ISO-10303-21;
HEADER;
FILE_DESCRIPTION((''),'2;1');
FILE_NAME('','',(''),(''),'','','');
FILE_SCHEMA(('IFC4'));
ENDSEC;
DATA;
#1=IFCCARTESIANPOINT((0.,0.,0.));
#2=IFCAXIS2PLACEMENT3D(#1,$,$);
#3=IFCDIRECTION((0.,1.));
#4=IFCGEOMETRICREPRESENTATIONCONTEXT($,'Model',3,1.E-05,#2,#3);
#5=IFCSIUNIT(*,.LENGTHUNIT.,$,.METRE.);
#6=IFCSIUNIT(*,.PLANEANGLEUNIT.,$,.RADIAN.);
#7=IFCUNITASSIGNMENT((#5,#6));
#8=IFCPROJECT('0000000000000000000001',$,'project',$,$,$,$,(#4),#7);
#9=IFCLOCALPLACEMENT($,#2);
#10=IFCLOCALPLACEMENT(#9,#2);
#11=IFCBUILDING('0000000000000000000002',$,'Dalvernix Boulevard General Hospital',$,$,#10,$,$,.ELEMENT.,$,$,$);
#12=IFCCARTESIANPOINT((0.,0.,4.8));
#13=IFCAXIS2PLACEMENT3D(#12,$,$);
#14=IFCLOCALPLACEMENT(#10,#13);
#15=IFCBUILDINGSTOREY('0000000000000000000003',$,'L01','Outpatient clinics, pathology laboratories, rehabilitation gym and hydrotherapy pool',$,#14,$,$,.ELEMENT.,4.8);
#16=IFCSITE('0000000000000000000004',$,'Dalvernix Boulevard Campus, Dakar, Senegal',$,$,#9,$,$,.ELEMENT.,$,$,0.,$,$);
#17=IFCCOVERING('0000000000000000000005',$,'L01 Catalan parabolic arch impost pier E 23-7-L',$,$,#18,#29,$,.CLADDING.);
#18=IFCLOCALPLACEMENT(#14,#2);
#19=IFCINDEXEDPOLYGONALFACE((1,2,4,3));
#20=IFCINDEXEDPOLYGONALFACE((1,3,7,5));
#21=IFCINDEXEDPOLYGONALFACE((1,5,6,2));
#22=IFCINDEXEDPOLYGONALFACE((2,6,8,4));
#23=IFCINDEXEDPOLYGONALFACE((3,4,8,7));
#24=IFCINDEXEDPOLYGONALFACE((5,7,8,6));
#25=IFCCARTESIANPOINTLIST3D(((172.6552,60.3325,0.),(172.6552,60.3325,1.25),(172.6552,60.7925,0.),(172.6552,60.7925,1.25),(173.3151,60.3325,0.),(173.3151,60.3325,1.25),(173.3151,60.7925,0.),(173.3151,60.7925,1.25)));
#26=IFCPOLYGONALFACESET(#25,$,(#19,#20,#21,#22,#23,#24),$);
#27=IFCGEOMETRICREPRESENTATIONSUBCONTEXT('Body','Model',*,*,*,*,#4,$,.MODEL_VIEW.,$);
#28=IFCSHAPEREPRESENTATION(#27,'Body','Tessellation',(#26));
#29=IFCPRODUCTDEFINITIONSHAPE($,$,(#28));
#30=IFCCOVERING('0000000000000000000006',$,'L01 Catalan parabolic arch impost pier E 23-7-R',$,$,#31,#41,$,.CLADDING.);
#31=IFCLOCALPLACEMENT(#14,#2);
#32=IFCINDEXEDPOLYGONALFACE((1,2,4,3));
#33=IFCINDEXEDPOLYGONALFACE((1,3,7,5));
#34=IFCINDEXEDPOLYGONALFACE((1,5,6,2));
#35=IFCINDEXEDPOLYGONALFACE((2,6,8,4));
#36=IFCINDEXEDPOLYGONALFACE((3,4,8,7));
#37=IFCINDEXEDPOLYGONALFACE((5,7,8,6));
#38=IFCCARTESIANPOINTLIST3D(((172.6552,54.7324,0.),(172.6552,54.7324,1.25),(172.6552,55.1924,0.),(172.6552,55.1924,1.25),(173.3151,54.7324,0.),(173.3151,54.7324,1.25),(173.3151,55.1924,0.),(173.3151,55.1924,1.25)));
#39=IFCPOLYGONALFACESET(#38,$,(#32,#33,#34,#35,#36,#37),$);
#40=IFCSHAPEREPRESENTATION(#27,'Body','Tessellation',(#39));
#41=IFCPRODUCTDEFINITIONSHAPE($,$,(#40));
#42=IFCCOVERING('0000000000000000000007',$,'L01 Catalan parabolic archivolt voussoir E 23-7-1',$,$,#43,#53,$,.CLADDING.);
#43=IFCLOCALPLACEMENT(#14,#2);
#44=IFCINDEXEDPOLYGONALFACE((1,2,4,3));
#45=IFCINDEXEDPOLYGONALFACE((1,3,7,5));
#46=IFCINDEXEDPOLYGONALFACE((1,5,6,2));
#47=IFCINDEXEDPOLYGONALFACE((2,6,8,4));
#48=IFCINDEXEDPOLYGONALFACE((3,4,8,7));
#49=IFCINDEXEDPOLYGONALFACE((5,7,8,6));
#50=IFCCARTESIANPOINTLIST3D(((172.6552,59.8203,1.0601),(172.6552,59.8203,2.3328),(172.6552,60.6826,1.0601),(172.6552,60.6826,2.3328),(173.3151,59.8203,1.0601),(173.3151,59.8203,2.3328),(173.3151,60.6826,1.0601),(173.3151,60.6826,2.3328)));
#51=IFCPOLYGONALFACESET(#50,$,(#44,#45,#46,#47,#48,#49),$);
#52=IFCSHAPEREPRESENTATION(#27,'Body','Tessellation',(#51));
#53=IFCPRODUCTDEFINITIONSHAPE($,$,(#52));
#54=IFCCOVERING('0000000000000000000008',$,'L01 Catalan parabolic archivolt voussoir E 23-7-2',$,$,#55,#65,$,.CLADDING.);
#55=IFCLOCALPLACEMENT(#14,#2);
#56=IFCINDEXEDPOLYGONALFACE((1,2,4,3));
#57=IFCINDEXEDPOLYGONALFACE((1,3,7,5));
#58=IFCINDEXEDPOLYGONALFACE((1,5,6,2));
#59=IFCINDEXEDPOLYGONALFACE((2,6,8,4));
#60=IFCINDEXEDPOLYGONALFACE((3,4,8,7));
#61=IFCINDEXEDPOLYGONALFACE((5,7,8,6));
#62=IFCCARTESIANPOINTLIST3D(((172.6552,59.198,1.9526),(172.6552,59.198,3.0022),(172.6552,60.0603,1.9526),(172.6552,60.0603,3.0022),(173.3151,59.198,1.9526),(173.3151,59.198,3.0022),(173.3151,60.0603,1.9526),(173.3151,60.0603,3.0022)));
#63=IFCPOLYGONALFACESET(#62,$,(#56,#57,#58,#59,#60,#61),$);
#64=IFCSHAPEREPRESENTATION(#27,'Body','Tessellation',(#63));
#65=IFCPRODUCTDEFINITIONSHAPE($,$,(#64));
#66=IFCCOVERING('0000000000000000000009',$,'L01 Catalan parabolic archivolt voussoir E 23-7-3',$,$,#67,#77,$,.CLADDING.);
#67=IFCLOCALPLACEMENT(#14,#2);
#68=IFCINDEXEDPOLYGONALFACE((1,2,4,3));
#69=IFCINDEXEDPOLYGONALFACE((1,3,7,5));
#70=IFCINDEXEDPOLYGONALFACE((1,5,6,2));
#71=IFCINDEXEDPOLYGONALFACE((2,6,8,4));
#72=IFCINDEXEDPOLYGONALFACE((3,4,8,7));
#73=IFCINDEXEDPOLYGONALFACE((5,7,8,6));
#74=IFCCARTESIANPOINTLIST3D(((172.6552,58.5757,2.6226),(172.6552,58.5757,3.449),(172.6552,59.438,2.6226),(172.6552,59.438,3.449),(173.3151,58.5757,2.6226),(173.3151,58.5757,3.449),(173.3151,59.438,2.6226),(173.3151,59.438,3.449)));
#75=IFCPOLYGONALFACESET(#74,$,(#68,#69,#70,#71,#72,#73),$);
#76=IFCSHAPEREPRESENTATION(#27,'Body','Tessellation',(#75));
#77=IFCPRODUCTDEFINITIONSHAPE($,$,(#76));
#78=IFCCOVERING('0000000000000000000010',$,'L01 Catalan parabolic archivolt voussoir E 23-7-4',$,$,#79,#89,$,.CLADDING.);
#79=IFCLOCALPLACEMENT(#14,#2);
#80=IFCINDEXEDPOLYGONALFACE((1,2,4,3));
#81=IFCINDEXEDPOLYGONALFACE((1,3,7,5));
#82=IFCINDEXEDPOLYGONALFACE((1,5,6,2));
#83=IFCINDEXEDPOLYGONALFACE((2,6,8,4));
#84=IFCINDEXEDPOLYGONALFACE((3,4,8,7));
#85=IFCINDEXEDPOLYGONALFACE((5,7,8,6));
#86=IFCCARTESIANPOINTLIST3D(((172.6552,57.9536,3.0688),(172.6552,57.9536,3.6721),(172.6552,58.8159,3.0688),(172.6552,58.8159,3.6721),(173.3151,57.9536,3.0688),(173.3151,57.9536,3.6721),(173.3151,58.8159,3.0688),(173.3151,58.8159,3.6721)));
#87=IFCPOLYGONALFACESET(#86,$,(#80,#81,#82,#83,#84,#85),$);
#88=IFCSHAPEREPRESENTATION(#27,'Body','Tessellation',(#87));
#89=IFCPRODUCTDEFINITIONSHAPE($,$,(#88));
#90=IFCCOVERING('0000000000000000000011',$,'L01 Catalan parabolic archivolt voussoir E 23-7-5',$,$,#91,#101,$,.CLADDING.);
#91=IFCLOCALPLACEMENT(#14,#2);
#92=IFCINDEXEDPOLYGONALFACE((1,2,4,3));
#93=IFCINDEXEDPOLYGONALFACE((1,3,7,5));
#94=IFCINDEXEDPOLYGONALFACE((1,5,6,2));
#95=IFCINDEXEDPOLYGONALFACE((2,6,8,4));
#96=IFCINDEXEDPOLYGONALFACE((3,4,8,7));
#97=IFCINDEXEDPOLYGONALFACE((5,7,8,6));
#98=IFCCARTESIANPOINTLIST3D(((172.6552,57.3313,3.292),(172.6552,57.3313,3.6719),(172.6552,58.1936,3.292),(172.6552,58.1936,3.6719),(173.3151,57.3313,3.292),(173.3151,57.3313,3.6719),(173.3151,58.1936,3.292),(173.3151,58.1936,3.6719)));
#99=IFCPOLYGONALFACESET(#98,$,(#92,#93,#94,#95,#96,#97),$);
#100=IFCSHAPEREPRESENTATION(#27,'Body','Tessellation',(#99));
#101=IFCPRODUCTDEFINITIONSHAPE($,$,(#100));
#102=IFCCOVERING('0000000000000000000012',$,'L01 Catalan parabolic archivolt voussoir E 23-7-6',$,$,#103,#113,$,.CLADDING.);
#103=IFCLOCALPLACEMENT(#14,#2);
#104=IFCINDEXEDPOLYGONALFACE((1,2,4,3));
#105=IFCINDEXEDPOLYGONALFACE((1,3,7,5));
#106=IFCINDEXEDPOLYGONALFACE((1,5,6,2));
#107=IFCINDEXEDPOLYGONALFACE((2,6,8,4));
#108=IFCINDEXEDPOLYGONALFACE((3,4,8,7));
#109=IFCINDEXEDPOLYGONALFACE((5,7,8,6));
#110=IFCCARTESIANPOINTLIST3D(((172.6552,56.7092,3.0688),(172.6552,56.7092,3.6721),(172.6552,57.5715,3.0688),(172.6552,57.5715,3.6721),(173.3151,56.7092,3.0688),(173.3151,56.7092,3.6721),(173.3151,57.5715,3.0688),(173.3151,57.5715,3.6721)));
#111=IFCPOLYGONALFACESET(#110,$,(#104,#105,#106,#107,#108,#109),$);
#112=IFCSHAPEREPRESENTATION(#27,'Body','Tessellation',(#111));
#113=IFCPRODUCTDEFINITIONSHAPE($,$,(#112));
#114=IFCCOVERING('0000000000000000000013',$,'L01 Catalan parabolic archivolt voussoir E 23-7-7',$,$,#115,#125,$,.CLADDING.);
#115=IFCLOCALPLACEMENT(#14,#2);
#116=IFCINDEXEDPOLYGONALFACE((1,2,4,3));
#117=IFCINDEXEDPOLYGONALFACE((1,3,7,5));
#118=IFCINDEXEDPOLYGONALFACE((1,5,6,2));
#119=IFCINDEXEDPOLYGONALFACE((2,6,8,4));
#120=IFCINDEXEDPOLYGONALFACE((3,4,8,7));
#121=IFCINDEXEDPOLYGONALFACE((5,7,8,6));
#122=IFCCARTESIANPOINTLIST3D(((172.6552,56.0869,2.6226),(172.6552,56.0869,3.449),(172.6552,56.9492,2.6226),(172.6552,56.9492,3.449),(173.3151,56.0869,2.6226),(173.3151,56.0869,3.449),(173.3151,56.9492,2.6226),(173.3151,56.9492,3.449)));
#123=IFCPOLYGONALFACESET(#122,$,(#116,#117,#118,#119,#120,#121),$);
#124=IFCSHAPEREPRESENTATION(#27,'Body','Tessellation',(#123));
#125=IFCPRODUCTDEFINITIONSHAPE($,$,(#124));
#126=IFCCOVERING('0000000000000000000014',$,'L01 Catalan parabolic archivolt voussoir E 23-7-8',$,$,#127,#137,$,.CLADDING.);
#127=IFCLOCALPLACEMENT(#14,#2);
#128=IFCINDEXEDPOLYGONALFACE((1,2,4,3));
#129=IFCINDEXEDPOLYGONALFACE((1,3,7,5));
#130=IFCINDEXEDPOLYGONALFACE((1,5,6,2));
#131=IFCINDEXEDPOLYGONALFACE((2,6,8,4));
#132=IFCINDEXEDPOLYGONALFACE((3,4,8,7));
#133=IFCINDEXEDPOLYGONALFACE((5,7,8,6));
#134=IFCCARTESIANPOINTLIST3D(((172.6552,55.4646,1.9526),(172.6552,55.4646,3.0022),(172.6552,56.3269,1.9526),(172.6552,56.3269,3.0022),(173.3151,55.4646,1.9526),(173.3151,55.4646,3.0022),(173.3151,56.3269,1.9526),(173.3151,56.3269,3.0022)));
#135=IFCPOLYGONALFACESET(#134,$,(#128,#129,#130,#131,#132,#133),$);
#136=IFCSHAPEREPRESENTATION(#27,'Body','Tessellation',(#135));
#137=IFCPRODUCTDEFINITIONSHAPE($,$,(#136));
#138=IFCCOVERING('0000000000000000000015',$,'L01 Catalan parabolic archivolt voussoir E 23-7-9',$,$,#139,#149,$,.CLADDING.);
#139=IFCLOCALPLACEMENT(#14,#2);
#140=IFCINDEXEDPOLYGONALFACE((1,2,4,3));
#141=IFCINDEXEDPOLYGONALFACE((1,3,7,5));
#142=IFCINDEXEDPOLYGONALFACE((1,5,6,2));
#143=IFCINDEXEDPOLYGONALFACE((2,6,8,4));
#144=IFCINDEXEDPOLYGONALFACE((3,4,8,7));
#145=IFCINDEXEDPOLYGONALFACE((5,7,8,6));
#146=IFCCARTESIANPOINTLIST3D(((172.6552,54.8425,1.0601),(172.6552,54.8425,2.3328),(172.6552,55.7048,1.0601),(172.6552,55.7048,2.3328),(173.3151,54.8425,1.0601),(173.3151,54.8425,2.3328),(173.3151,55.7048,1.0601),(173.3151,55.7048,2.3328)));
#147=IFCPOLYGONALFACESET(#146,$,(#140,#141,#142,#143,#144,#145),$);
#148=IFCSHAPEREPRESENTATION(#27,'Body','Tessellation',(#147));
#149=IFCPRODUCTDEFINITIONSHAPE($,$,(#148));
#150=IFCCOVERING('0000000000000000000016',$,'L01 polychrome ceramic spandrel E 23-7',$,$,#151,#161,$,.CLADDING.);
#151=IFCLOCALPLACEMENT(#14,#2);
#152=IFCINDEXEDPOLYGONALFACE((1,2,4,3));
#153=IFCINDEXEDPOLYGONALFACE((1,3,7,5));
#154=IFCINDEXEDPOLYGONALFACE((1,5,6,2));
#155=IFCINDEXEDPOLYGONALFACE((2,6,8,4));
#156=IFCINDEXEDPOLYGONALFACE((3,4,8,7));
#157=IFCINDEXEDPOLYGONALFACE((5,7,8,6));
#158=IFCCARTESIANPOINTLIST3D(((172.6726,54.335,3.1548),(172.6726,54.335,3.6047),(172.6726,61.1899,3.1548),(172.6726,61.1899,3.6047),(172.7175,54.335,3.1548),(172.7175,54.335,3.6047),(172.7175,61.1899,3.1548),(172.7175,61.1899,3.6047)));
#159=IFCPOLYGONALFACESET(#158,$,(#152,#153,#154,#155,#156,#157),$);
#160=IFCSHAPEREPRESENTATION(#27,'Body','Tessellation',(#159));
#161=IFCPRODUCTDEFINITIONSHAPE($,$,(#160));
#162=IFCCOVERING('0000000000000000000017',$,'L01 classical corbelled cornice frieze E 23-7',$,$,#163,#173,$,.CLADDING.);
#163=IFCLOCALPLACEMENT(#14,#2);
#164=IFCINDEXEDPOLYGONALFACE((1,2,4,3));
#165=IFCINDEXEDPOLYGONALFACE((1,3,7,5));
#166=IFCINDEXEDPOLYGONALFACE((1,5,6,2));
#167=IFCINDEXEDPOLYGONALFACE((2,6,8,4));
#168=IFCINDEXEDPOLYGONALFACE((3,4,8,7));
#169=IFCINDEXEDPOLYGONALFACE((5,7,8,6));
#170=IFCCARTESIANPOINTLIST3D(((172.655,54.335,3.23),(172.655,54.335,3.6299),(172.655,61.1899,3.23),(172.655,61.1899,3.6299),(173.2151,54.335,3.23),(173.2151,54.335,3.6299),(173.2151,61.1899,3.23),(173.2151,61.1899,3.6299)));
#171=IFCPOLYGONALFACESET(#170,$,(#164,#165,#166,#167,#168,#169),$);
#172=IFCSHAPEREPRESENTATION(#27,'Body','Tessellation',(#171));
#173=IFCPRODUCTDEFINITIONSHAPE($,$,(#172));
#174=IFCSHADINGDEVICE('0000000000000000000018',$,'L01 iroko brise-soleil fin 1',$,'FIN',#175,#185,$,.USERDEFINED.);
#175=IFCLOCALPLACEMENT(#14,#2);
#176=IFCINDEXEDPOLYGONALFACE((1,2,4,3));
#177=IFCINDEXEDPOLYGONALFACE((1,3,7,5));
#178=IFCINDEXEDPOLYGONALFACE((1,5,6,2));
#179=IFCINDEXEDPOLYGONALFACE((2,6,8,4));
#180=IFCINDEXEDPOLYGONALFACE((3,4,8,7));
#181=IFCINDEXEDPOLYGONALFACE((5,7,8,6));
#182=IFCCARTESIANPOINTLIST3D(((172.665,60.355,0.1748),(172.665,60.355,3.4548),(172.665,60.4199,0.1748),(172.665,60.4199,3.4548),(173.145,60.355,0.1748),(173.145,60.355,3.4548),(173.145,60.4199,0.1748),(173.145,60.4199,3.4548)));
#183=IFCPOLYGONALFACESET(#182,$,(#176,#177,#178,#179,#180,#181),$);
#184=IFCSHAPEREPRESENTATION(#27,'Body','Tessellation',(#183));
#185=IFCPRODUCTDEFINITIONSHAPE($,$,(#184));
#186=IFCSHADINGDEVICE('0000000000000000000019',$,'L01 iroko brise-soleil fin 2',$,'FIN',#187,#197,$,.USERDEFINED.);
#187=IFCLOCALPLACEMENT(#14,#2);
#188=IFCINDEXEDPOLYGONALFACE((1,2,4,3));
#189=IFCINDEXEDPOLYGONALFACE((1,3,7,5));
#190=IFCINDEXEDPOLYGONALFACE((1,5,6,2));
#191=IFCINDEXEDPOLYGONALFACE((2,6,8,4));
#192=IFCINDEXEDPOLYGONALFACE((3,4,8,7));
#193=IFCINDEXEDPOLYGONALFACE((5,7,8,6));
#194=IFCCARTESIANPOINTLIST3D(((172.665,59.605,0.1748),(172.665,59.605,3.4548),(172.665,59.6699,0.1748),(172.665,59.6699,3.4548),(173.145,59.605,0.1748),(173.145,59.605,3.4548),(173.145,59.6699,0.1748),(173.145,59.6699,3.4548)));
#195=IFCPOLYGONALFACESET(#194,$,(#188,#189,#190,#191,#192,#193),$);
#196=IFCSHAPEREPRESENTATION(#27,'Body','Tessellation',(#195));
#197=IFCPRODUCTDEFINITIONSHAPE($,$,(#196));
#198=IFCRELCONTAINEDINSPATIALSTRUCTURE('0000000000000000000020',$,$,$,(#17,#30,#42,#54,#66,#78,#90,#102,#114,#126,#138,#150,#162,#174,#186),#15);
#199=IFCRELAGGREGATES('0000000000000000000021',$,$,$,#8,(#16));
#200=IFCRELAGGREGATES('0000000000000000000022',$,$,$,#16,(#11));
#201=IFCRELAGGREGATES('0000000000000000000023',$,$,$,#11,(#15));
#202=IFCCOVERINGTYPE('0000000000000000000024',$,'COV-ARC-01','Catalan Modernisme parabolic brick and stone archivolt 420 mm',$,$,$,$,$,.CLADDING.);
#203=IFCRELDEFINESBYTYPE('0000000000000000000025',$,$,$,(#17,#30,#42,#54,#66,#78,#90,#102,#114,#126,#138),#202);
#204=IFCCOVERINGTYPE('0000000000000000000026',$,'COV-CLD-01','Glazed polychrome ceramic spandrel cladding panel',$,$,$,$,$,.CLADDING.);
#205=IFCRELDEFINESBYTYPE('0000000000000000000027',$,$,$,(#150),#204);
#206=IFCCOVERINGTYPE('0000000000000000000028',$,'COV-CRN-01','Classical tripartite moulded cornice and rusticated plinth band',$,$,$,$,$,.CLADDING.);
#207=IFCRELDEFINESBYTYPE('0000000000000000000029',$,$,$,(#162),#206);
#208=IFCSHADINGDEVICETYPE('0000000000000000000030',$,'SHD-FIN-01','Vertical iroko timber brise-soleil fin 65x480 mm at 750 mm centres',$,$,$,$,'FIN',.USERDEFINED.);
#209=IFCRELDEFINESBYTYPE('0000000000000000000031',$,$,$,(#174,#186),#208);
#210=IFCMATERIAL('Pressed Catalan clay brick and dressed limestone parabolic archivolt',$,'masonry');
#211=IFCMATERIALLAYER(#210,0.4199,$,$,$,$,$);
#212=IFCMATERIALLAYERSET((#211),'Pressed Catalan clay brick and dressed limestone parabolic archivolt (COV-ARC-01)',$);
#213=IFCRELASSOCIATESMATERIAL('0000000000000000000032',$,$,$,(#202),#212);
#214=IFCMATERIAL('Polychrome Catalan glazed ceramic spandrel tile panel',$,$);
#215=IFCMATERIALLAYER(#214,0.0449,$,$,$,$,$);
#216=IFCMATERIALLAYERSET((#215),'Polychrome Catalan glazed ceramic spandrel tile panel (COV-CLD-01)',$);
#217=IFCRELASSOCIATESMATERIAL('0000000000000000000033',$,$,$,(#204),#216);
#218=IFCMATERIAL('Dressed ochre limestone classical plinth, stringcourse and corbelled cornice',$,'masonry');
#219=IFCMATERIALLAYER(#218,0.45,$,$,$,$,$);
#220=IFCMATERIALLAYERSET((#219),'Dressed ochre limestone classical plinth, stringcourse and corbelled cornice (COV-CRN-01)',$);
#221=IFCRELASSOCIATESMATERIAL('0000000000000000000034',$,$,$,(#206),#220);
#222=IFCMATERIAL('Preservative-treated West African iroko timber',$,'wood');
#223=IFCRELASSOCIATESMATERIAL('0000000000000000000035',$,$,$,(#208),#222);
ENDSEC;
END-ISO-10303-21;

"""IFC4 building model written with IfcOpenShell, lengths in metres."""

from ifc_helpers import new_model, si_unit, direction, frame, origin, origin_2d, place, context, subcontext, project, spatial, rectangle, extrude, material, layer, layer_set, type_object, element, save


model = new_model("IFC4")

# Units and contexts
model_context = context("Model", 3, precision=1e-05, world=origin(), true_north=direction((0.0, 1.0)))
body_context = subcontext(model_context, "Body", "Model", "MODEL_VIEW")
ifc_project = project(units=[si_unit("LENGTHUNIT", "METRE"), si_unit("PLANEANGLEUNIT", "RADIAN")], contexts=[model_context])

# Site, building, storey
site_placement = place(None, origin())
site = spatial("IfcSite", under=ifc_project, at=site_placement, Name="Dalvernix Boulevard Campus, Dakar, Senegal", CompositionType="ELEMENT", RefElevation=0.0)
building_placement = place(site_placement, origin())
building = spatial("IfcBuilding", under=site, at=building_placement, Name="Dalvernix Boulevard General Hospital", CompositionType="ELEMENT")
storey_placement = place(building_placement, frame((0.0, 0.0, 4.8)))
storey = spatial("IfcBuildingStorey", under=building, at=storey_placement, Name="L01", Description="Outpatient clinics, pathology laboratories, rehabilitation gym and hydrotherapy pool", CompositionType="ELEMENT", Elevation=4.8)

# Coverings
ifc_material_1 = material(Name="Pressed Catalan clay brick and dressed limestone parabolic archivolt", Category="masonry")
ifc_layer_1 = layer(ifc_material_1, 0.4199)
ifc_layer_set_1 = layer_set([ifc_layer_1], Name="Pressed Catalan clay brick and dressed limestone parabolic archivolt (COV-ARC-01)")
covering_type_1 = type_object("IfcCoveringType", Name="COV-ARC-01", Description="Catalan Modernisme parabolic brick and stone archivolt 420 mm", PredefinedType="CLADDING", material=ifc_layer_set_1)
for number, where, z_axis, x_axis, name in (
    (1, (172.9851, 60.5625, 0.0), (0.0, 0.0, 1.0), (0.0, -1.0, 0.0), "L01 Catalan parabolic arch impost pier E 23-7-L"),
    (2, (172.9851, 54.9624, 0.0), (0.0, 0.0, 1.0), (0.0, -1.0, 0.0), "L01 Catalan parabolic arch impost pier E 23-7-R"),
):
    element("IfcCovering", number, at=place(storey_placement, frame(where, z_axis=z_axis, x_axis=x_axis)), inside=storey, type_object=covering_type_1, Name=name, PredefinedType="CLADDING", context=body_context, shape_type="SweptSolid", body=[
        extrude(rectangle(XDim=0.46, YDim=0.6599, at=origin_2d()), origin(), (0.0, 0.0, 1.0), 1.25),
    ])
covering_1_placement = place(storey_placement, frame((172.9851, 60.2515, 1.0601), z_axis=(0.0, 0.0, 1.0), x_axis=(0.0, -1.0, 0.0)))
element("IfcCovering", 3, at=covering_1_placement, inside=storey, type_object=covering_type_1, Name="L01 Catalan parabolic archivolt voussoir E 23-7-1", PredefinedType="CLADDING", context=body_context, shape_type="SweptSolid", body=[
    extrude(rectangle(XDim=0.8623, YDim=0.6599, at=origin_2d()), origin(), (0.0, 0.0, 1.0), 1.2727),
])
covering_2_placement = place(storey_placement, frame((172.9851, 59.6292, 1.9526), z_axis=(0.0, 0.0, 1.0), x_axis=(0.0, -1.0, 0.0)))
element("IfcCovering", 4, at=covering_2_placement, inside=storey, type_object=covering_type_1, Name="L01 Catalan parabolic archivolt voussoir E 23-7-2", PredefinedType="CLADDING", context=body_context, shape_type="SweptSolid", body=[
    extrude(rectangle(XDim=0.8623, YDim=0.6599, at=origin_2d()), origin(), (0.0, 0.0, 1.0), 1.0496),
])
covering_3_placement = place(storey_placement, frame((172.9851, 59.0068, 2.6226), z_axis=(0.0, 0.0, 1.0), x_axis=(0.0, -1.0, 0.0)))
element("IfcCovering", 5, at=covering_3_placement, inside=storey, type_object=covering_type_1, Name="L01 Catalan parabolic archivolt voussoir E 23-7-3", PredefinedType="CLADDING", context=body_context, shape_type="SweptSolid", body=[
    extrude(rectangle(XDim=0.8623, YDim=0.6599, at=origin_2d()), origin(), (0.0, 0.0, 1.0), 0.8264),
])
covering_4_placement = place(storey_placement, frame((172.9851, 58.3848, 3.0688), z_axis=(0.0, 0.0, 1.0), x_axis=(0.0, -1.0, 0.0)))
element("IfcCovering", 6, at=covering_4_placement, inside=storey, type_object=covering_type_1, Name="L01 Catalan parabolic archivolt voussoir E 23-7-4", PredefinedType="CLADDING", context=body_context, shape_type="SweptSolid", body=[
    extrude(rectangle(XDim=0.8623, YDim=0.6599, at=origin_2d()), origin(), (0.0, 0.0, 1.0), 0.6033),
])
covering_5_placement = place(storey_placement, frame((172.9851, 57.7625, 3.292), z_axis=(0.0, 0.0, 1.0), x_axis=(0.0, -1.0, 0.0)))
element("IfcCovering", 7, at=covering_5_placement, inside=storey, type_object=covering_type_1, Name="L01 Catalan parabolic archivolt voussoir E 23-7-5", PredefinedType="CLADDING", context=body_context, shape_type="SweptSolid", body=[
    extrude(rectangle(XDim=0.8623, YDim=0.6599, at=origin_2d()), origin(), (0.0, 0.0, 1.0), 0.3799),
])
covering_6_placement = place(storey_placement, frame((172.9851, 57.1404, 3.0688), z_axis=(0.0, 0.0, 1.0), x_axis=(0.0, -1.0, 0.0)))
element("IfcCovering", 8, at=covering_6_placement, inside=storey, type_object=covering_type_1, Name="L01 Catalan parabolic archivolt voussoir E 23-7-6", PredefinedType="CLADDING", context=body_context, shape_type="SweptSolid", body=[
    extrude(rectangle(XDim=0.8623, YDim=0.6599, at=origin_2d()), origin(), (0.0, 0.0, 1.0), 0.6033),
])
covering_7_placement = place(storey_placement, frame((172.9851, 56.5181, 2.6226), z_axis=(0.0, 0.0, 1.0), x_axis=(0.0, -1.0, 0.0)))
element("IfcCovering", 9, at=covering_7_placement, inside=storey, type_object=covering_type_1, Name="L01 Catalan parabolic archivolt voussoir E 23-7-7", PredefinedType="CLADDING", context=body_context, shape_type="SweptSolid", body=[
    extrude(rectangle(XDim=0.8623, YDim=0.6599, at=origin_2d()), origin(), (0.0, 0.0, 1.0), 0.8264),
])
covering_8_placement = place(storey_placement, frame((172.9851, 55.8958, 1.9526), z_axis=(0.0, 0.0, 1.0), x_axis=(0.0, -1.0, 0.0)))
element("IfcCovering", 10, at=covering_8_placement, inside=storey, type_object=covering_type_1, Name="L01 Catalan parabolic archivolt voussoir E 23-7-8", PredefinedType="CLADDING", context=body_context, shape_type="SweptSolid", body=[
    extrude(rectangle(XDim=0.8623, YDim=0.6599, at=origin_2d()), origin(), (0.0, 0.0, 1.0), 1.0496),
])
covering_9_placement = place(storey_placement, frame((172.9851, 55.2737, 1.0601), z_axis=(0.0, 0.0, 1.0), x_axis=(0.0, -1.0, 0.0)))
element("IfcCovering", 11, at=covering_9_placement, inside=storey, type_object=covering_type_1, Name="L01 Catalan parabolic archivolt voussoir E 23-7-9", PredefinedType="CLADDING", context=body_context, shape_type="SweptSolid", body=[
    extrude(rectangle(XDim=0.8623, YDim=0.6599, at=origin_2d()), origin(), (0.0, 0.0, 1.0), 1.2727),
])
ifc_material_2 = material(Name="Polychrome Catalan glazed ceramic spandrel tile panel")
ifc_layer_2 = layer(ifc_material_2, 0.0449)
ifc_layer_set_2 = layer_set([ifc_layer_2], Name="Polychrome Catalan glazed ceramic spandrel tile panel (COV-CLD-01)")
covering_type_2 = type_object("IfcCoveringType", Name="COV-CLD-01", Description="Glazed polychrome ceramic spandrel cladding panel", PredefinedType="CLADDING", material=ifc_layer_set_2)
covering_10_placement = place(storey_placement, frame((172.6951, 57.7625, 3.1548), z_axis=(0.0, 0.0, 1.0), x_axis=(0.0, -1.0, 0.0)))
element("IfcCovering", 12, at=covering_10_placement, inside=storey, type_object=covering_type_2, Name="L01 polychrome ceramic spandrel E 23-7", PredefinedType="CLADDING", context=body_context, shape_type="SweptSolid", body=[
    extrude(rectangle(XDim=6.855, YDim=0.0449, at=origin_2d()), origin(), (0.0, 0.0, 1.0), 0.45),
])
ifc_material_3 = material(Name="Dressed ochre limestone classical plinth, stringcourse and corbelled cornice", Category="masonry")
ifc_layer_3 = layer(ifc_material_3, 0.45)
ifc_layer_set_3 = layer_set([ifc_layer_3], Name="Dressed ochre limestone classical plinth, stringcourse and corbelled cornice (COV-CRN-01)")
covering_type_3 = type_object("IfcCoveringType", Name="COV-CRN-01", Description="Classical tripartite moulded cornice and rusticated plinth band", PredefinedType="CLADDING", material=ifc_layer_set_3)
covering_11_placement = place(storey_placement, frame((172.9351, 57.7625, 3.23), z_axis=(0.0, 0.0, 1.0), x_axis=(0.0, -1.0, 0.0)))
element("IfcCovering", 13, at=covering_11_placement, inside=storey, type_object=covering_type_3, Name="L01 classical corbelled cornice frieze E 23-7", PredefinedType="CLADDING", context=body_context, shape_type="SweptSolid", body=[
    extrude(rectangle(XDim=6.855, YDim=0.5601, at=origin_2d()), origin(), (0.0, 0.0, 1.0), 0.3999),
])

# Shading devices
ifc_material_4 = material(Name="Preservative-treated West African iroko timber", Category="wood")
shading_device_type = type_object("IfcShadingDeviceType", Name="SHD-FIN-01", Description="Vertical iroko timber brise-soleil fin 65x480 mm at 750 mm centres", ElementType="FIN", PredefinedType="USERDEFINED", material=ifc_material_4)
for number, where, z_axis, x_axis, name in (
    (14, (172.905, 60.3875, 0.1748), (0.0, 0.0, 1.0), (0.0, -1.0, 0.0), "L01 iroko brise-soleil fin 1"),
    (15, (172.905, 59.6375, 0.1748), (0.0, 0.0, 1.0), (0.0, -1.0, 0.0), "L01 iroko brise-soleil fin 2"),
):
    element("IfcShadingDevice", number, at=place(storey_placement, frame(where, z_axis=z_axis, x_axis=x_axis)), inside=storey, type_object=shading_device_type, Name=name, ObjectType="FIN", PredefinedType="USERDEFINED", context=body_context, shape_type="SweptSolid", body=[
        extrude(rectangle(XDim=0.0649, YDim=0.48, at=origin_2d()), origin(), (0.0, 0.0, 1.0), 3.28),
    ])

save(model, "model.ifc")
